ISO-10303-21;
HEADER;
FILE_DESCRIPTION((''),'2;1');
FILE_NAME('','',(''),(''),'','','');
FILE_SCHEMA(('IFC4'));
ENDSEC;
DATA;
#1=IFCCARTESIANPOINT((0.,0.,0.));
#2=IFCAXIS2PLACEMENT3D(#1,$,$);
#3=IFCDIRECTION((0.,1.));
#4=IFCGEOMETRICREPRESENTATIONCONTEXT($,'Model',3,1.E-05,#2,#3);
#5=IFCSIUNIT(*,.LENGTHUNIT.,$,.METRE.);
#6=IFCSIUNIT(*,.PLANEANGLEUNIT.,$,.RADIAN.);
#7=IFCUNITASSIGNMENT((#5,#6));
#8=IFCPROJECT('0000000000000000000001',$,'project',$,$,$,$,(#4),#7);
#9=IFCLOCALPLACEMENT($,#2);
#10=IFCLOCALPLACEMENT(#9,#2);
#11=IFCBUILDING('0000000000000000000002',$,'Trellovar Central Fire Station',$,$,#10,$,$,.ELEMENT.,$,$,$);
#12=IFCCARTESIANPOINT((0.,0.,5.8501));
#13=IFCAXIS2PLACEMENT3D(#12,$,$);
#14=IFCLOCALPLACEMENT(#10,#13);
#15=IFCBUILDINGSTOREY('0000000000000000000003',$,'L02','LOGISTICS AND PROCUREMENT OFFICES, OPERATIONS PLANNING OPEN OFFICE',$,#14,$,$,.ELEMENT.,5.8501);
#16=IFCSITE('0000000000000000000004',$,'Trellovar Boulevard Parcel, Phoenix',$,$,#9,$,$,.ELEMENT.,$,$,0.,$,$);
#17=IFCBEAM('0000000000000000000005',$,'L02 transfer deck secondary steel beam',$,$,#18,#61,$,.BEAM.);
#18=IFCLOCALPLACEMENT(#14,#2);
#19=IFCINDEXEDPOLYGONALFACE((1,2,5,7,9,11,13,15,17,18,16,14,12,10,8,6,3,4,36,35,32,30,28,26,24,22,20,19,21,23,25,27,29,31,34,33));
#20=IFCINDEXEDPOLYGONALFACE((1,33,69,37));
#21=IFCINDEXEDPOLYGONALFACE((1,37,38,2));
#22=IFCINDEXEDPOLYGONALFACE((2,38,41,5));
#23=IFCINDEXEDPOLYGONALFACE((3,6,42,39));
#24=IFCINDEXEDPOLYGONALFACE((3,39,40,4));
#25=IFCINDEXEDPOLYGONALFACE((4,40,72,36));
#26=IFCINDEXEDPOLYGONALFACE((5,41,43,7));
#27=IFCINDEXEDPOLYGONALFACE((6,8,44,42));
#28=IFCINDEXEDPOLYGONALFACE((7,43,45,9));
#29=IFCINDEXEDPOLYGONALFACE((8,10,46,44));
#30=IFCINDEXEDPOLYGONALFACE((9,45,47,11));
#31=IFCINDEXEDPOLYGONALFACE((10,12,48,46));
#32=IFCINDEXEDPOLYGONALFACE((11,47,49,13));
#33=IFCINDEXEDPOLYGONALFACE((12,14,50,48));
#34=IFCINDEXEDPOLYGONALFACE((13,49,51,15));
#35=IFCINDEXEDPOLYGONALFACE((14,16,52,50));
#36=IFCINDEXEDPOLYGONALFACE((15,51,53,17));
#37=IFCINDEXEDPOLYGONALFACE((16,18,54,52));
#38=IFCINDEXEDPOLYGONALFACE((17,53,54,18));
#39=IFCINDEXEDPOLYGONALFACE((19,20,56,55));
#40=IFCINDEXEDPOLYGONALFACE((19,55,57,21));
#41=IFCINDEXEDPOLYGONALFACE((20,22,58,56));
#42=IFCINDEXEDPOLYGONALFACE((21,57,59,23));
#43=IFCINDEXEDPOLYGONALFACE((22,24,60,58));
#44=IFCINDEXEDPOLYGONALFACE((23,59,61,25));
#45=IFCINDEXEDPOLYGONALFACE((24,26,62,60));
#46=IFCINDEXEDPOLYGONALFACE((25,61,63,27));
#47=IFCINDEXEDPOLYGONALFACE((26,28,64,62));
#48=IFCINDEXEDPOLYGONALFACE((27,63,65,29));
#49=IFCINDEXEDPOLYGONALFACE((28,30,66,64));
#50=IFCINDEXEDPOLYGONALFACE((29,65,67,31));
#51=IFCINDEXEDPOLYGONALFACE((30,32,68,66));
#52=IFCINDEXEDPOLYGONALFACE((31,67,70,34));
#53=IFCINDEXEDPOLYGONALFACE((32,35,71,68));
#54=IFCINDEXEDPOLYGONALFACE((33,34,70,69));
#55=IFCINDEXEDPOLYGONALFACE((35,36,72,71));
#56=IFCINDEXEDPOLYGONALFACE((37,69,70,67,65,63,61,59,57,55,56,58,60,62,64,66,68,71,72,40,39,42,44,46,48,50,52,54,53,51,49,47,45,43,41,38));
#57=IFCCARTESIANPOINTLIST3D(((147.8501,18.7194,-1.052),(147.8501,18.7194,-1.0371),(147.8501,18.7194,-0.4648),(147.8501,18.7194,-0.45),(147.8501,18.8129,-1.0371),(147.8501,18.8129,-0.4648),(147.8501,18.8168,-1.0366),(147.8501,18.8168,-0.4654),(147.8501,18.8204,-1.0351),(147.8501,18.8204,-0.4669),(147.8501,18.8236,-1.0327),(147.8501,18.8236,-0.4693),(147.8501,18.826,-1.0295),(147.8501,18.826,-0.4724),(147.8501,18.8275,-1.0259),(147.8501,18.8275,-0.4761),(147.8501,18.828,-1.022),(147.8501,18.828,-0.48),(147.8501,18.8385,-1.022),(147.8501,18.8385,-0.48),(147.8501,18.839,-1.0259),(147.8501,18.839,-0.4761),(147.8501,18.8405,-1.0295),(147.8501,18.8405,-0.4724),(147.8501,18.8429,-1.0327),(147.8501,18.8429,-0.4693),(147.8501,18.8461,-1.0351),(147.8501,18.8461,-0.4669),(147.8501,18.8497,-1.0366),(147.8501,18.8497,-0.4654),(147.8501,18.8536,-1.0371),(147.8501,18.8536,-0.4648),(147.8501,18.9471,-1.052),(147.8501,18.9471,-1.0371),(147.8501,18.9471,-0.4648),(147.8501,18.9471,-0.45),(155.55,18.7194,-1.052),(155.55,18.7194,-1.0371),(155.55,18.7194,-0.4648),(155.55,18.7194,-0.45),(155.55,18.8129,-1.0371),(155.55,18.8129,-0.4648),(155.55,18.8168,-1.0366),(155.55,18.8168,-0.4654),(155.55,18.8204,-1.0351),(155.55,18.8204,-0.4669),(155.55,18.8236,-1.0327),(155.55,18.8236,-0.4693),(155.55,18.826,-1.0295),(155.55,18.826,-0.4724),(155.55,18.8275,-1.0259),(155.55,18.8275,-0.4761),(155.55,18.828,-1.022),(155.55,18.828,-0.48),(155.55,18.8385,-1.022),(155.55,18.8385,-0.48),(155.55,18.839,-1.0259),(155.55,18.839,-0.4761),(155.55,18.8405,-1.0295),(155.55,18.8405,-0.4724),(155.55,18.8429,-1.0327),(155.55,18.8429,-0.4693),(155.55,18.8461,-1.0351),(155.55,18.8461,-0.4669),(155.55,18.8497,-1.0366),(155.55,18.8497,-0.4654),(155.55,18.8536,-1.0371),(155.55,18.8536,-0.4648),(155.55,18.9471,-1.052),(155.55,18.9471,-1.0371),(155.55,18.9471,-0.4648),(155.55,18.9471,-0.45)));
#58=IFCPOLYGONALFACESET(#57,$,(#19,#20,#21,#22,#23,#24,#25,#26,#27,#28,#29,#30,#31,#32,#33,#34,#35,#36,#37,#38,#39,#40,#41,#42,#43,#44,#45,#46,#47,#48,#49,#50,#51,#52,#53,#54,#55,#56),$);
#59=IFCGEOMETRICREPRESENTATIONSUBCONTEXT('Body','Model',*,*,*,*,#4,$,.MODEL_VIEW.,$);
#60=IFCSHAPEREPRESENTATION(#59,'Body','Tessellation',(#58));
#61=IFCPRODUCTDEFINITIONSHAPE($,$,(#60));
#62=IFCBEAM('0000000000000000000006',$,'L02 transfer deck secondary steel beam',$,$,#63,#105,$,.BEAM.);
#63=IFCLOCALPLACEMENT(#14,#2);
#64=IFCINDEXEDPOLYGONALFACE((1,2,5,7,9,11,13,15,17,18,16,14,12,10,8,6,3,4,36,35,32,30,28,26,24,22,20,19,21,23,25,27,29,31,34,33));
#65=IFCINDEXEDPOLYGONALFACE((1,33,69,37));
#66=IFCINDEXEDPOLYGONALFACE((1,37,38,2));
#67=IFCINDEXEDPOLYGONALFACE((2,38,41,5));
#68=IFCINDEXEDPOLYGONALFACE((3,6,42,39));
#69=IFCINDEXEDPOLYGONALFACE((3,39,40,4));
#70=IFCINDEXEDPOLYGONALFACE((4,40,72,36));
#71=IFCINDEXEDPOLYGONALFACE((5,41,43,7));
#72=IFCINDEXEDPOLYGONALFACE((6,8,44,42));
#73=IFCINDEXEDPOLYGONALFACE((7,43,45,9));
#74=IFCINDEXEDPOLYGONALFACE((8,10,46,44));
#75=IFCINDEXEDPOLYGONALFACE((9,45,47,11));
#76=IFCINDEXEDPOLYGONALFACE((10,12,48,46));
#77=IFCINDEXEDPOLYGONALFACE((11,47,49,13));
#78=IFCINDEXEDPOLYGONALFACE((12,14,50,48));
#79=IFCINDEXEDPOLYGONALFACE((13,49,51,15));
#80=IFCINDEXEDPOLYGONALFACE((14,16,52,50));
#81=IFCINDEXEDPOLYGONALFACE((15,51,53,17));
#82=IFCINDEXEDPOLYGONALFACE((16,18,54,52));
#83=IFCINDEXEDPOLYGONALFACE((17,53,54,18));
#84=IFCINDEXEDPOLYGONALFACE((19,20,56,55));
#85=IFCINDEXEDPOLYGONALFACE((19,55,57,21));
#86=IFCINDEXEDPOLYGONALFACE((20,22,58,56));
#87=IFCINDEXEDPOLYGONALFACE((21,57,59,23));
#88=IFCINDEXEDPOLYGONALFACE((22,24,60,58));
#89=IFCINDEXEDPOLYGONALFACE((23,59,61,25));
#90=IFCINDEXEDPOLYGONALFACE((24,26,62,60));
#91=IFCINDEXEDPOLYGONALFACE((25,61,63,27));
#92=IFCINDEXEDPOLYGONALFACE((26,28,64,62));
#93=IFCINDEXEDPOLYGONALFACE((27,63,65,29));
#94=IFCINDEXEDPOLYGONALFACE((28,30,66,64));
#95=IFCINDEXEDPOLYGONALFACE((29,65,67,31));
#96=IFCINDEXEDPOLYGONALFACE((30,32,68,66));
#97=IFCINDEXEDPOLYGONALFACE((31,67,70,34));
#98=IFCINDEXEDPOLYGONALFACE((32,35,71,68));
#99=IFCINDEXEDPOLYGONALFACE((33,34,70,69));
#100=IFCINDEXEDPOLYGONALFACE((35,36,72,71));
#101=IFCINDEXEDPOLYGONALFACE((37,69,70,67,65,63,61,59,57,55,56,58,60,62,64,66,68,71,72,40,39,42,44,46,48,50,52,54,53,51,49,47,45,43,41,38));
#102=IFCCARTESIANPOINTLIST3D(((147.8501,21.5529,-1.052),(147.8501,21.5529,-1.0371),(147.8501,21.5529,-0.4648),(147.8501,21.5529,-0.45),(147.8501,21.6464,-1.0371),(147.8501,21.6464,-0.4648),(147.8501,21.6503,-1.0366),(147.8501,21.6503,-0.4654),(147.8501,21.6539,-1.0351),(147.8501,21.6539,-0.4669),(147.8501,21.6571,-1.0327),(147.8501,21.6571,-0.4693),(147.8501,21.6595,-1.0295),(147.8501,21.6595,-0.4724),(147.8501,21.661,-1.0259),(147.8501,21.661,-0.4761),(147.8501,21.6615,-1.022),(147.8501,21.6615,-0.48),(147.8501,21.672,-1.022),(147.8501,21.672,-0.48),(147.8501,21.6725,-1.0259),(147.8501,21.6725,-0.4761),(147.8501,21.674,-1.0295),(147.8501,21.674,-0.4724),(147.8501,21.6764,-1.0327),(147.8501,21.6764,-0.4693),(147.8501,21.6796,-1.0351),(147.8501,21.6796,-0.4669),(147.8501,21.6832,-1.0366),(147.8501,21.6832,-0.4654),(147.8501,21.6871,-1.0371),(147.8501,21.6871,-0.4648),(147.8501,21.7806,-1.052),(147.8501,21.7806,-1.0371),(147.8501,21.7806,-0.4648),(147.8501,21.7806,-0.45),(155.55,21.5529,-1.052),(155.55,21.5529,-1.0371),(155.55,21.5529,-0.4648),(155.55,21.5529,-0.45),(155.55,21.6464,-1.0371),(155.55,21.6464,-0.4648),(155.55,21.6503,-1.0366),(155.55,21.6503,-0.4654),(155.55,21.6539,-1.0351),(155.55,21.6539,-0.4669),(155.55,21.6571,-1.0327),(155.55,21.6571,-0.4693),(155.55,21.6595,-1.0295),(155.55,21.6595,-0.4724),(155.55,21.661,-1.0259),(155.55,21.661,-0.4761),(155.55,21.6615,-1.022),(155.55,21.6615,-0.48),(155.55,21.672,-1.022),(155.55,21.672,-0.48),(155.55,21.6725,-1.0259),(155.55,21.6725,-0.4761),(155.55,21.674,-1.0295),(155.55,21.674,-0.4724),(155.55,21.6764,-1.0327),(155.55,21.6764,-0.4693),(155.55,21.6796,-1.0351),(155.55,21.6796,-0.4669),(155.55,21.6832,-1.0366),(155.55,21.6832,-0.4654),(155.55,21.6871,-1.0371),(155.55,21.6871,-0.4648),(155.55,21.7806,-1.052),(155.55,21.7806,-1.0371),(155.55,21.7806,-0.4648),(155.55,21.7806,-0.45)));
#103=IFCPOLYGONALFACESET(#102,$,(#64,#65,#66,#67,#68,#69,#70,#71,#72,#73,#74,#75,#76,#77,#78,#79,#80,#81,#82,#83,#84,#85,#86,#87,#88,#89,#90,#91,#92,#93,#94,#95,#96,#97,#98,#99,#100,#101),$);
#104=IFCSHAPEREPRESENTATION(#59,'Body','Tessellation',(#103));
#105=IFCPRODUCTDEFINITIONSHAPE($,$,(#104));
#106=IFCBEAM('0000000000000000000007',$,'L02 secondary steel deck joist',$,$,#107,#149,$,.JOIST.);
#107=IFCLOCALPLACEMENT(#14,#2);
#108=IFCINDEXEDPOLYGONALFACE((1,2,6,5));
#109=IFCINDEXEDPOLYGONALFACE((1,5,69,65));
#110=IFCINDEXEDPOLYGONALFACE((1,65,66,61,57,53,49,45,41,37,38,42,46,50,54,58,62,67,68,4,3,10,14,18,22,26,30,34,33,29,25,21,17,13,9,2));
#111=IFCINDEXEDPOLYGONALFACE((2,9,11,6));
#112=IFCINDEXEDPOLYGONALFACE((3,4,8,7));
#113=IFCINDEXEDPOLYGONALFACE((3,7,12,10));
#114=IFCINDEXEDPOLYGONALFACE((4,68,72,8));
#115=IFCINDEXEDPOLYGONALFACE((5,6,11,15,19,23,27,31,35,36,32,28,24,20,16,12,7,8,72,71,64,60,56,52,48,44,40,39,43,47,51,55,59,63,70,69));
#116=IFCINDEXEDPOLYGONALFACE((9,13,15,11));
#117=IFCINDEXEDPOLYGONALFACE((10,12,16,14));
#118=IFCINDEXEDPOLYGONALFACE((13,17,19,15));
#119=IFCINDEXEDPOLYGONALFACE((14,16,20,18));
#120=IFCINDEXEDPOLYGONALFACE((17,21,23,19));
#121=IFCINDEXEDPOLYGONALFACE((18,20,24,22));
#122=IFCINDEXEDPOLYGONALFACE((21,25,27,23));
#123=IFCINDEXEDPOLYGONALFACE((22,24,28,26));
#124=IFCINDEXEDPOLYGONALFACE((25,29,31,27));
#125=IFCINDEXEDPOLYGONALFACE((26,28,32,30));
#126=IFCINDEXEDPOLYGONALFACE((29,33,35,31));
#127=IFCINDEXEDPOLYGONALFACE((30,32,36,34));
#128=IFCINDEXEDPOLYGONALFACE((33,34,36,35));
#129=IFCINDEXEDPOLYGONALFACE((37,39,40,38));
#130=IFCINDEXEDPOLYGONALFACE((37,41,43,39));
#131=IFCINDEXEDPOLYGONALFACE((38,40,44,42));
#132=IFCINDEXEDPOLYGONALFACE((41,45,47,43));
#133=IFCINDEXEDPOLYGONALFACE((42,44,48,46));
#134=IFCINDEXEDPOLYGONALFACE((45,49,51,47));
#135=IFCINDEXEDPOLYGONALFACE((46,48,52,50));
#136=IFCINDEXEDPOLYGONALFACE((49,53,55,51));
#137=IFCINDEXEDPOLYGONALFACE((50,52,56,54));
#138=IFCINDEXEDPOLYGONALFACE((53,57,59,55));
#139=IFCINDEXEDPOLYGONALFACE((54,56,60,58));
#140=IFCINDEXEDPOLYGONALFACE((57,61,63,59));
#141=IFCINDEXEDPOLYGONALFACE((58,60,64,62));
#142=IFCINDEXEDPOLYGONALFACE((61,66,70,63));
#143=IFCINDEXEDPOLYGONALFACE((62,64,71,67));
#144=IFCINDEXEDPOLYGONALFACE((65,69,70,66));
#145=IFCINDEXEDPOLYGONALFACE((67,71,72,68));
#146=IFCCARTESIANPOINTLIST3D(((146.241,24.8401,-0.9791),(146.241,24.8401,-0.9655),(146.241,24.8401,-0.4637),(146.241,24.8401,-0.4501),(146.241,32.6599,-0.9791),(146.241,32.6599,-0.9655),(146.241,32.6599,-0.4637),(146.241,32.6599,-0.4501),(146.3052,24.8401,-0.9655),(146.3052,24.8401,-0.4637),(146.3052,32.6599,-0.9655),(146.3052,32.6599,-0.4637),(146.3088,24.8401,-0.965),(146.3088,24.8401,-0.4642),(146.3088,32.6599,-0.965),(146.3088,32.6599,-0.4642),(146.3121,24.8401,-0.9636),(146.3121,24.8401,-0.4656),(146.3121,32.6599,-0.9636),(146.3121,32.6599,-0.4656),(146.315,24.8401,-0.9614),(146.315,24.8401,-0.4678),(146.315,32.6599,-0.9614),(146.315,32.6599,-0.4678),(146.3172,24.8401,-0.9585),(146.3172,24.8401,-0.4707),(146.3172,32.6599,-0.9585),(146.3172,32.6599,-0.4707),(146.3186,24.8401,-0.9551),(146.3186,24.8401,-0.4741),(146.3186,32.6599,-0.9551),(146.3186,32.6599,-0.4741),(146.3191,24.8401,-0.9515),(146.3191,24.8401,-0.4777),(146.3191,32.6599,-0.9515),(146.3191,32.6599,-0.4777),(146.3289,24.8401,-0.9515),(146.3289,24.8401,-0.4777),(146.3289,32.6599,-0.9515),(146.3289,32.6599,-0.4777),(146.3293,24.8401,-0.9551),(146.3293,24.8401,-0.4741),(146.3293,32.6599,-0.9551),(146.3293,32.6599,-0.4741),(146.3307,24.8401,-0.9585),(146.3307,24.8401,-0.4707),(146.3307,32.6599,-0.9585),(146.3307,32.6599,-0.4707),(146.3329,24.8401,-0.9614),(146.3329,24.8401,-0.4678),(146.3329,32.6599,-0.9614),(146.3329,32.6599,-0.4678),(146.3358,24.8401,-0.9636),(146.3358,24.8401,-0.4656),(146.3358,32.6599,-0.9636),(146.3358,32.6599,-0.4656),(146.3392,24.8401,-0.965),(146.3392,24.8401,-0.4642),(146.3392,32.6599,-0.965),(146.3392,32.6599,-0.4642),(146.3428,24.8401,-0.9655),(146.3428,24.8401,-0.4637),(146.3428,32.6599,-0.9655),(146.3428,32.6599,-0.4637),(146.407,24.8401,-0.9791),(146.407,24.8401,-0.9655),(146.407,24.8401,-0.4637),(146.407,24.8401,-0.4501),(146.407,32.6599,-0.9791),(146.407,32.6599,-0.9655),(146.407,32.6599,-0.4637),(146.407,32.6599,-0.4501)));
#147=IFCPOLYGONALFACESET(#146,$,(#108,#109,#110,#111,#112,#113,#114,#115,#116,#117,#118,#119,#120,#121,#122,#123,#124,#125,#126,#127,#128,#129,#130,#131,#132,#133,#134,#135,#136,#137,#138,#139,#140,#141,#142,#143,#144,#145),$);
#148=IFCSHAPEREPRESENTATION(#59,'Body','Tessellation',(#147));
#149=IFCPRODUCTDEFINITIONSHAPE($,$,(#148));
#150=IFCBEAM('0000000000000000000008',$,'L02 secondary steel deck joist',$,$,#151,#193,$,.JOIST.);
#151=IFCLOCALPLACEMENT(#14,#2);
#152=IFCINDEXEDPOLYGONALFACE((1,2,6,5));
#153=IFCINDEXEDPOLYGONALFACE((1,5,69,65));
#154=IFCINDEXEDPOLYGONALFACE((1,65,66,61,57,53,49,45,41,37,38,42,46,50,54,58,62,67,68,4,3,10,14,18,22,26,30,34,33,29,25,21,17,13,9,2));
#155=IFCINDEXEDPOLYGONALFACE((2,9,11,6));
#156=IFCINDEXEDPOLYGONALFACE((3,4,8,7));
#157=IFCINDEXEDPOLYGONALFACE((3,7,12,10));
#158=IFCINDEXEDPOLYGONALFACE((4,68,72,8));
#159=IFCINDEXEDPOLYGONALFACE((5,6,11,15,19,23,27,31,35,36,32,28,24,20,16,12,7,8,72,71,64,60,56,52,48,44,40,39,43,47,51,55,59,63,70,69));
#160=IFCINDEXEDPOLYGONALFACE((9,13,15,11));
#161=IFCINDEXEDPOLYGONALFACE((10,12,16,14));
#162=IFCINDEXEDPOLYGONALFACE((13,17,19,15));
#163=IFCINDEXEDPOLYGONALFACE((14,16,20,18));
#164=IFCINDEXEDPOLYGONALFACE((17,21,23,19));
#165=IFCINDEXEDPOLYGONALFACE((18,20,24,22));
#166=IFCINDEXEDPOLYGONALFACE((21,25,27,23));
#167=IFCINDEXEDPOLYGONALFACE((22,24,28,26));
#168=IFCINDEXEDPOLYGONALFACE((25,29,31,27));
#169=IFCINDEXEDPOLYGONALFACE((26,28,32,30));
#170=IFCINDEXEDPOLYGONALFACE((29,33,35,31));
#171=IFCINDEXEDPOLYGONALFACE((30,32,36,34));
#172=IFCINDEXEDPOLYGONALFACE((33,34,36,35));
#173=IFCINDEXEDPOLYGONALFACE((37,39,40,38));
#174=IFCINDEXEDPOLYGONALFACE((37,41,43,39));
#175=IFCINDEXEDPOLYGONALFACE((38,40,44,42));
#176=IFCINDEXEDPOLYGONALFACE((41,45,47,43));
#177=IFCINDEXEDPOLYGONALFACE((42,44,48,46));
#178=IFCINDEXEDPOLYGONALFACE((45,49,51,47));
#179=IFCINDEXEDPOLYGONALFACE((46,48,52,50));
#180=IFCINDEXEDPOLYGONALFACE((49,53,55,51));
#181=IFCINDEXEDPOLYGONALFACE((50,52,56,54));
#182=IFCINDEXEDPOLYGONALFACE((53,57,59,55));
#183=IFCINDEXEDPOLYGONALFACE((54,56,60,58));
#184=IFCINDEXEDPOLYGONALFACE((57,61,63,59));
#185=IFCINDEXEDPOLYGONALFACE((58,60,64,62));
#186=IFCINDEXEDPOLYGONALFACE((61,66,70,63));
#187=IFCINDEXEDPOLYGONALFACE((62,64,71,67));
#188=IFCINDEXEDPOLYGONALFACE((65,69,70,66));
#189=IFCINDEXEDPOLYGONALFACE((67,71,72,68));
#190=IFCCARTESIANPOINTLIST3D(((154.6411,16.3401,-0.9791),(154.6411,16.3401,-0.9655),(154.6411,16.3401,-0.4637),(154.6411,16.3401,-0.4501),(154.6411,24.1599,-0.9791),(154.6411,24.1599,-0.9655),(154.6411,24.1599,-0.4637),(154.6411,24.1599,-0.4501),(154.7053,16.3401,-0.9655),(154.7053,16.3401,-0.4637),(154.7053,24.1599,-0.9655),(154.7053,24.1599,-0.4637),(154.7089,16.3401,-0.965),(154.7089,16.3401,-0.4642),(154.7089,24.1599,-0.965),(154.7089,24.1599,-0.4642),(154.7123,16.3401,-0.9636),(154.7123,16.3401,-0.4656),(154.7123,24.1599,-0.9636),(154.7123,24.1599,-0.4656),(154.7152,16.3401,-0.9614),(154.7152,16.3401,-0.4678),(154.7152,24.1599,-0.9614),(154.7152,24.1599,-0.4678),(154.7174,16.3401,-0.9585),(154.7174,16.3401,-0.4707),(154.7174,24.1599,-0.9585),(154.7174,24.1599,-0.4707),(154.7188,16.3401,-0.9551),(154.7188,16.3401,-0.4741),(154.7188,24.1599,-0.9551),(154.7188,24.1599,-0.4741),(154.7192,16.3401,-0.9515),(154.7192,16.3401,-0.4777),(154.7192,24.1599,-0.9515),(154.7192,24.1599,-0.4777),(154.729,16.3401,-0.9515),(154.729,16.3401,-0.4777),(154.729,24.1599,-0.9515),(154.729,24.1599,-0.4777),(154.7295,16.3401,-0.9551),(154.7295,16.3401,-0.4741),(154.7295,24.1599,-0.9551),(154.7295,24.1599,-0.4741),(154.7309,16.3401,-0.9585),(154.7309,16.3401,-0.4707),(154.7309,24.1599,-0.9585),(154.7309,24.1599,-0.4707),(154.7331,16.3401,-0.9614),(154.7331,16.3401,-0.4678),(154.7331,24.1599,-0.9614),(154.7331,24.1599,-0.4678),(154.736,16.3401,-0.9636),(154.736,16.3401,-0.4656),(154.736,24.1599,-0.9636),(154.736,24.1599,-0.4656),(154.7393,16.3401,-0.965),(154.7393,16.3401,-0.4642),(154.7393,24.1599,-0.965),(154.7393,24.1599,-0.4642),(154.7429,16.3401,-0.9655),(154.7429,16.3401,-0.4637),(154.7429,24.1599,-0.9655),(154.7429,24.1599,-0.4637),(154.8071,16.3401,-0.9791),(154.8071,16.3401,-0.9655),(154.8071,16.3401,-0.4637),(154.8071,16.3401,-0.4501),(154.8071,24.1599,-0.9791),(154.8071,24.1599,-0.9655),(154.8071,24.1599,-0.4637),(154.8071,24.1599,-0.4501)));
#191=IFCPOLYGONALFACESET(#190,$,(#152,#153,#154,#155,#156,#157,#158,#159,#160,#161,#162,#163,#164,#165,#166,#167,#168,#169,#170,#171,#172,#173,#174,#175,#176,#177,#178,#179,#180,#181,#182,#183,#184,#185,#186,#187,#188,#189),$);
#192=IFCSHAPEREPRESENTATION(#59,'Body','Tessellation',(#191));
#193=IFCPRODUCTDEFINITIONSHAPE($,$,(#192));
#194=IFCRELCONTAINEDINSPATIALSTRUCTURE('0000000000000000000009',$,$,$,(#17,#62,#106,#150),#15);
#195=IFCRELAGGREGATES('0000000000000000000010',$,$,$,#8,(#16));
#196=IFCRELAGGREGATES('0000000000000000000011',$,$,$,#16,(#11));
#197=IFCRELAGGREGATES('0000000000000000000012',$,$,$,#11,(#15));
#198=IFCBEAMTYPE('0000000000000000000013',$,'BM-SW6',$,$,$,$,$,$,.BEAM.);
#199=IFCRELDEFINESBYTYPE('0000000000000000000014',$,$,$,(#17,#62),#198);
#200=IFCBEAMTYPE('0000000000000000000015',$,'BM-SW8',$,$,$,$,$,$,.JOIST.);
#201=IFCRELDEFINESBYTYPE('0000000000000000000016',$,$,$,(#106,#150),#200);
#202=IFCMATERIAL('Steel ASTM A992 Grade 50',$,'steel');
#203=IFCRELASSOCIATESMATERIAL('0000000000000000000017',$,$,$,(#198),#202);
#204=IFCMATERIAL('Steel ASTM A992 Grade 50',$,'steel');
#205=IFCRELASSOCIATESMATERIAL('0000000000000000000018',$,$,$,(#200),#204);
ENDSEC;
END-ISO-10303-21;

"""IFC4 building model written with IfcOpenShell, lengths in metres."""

from ifc_helpers import new_model, si_unit, direction, frame, origin, origin_2d, place, context, subcontext, project, spatial, i_section, extrude, material, material_profile, profile_set, type_object, element, save


model = new_model("IFC4")

# Units and contexts
model_context = context("Model", 3, precision=1e-05, world=origin(), true_north=direction((0.0, 1.0)))
body_context = subcontext(model_context, "Body", "Model", "MODEL_VIEW")
ifc_project = project(units=[si_unit("LENGTHUNIT", "METRE"), si_unit("PLANEANGLEUNIT", "RADIAN")], contexts=[model_context])

# Site, building, storey
site_placement = place(None, origin())
site = spatial("IfcSite", under=ifc_project, at=site_placement, Name="Trellovar Boulevard Parcel, Phoenix", CompositionType="ELEMENT", RefElevation=0.0)
building_placement = place(site_placement, origin())
building = spatial("IfcBuilding", under=site, at=building_placement, Name="Trellovar Central Fire Station", CompositionType="ELEMENT")
storey_placement = place(building_placement, frame((0.0, 0.0, 5.8501)))
storey = spatial("IfcBuildingStorey", under=building, at=storey_placement, Name="L02", Description="LOGISTICS AND PROCUREMENT OFFICES, OPERATIONS PLANNING OPEN OFFICE", CompositionType="ELEMENT", Elevation=5.8501)

# Beams
ifc_material_1 = material(Name="Steel ASTM A992 Grade 50", Category="steel")
ifc_material_profile_1 = material_profile(ifc_material_1, i_section(OverallWidth=0.2278, OverallDepth=0.6021, WebThickness=0.0105, FlangeThickness=0.0149, FilletRadius=0.0151, at=origin_2d()), Name="W24X68")
ifc_profile_set_1 = profile_set([ifc_material_profile_1], Name="Steel ASTM A992 Grade 50")
beam_type_1 = type_object("IfcBeamType", Name="BM-SW6", PredefinedType="BEAM", material=ifc_profile_set_1)
for number, where, z_axis, x_axis, name in (
    (1, (147.8501, 18.8333, -0.751), (1.0, 0.0, 0.0), (0.0, 1.0, 0.0), "L02 transfer deck secondary steel beam"),
    (2, (147.8501, 21.6667, -0.751), (1.0, 0.0, 0.0), (0.0, 1.0, 0.0), "L02 transfer deck secondary steel beam"),
):
    element("IfcBeam", number, at=place(storey_placement, frame(where, z_axis=z_axis, x_axis=x_axis)), inside=storey, type_object=beam_type_1, Name=name, PredefinedType="BEAM", context=body_context, shape_type="SweptSolid", body=[
        extrude(i_section(OverallWidth=0.2278, OverallDepth=0.6021, WebThickness=0.0105, FlangeThickness=0.0149, FilletRadius=0.0151, at=origin_2d()), origin(), (0.0, 0.0, 1.0), 7.7),
    ])
ifc_material_2 = material(Name="Steel ASTM A992 Grade 50", Category="steel")
ifc_material_profile_2 = material_profile(ifc_material_2, i_section(OverallWidth=0.166, OverallDepth=0.5291, WebThickness=0.0098, FlangeThickness=0.0137, FilletRadius=0.0139, at=origin_2d()), Name="W21X50")
ifc_profile_set_2 = profile_set([ifc_material_profile_2], Name="Steel ASTM A992 Grade 50")
beam_type_2 = type_object("IfcBeamType", Name="BM-SW8", PredefinedType="JOIST", material=ifc_profile_set_2)
for number, where, z_axis, x_axis, name in (
    (3, (146.324, 24.8401, -0.7146), (0.0, 1.0, 0.0), (-1.0, 0.0, 0.0), "L02 secondary steel deck joist"),
    (4, (154.7241, 16.3401, -0.7146), (0.0, 1.0, 0.0), (-1.0, 0.0, 0.0), "L02 secondary steel deck joist"),
):
    element("IfcBeam", number, at=place(storey_placement, frame(where, z_axis=z_axis, x_axis=x_axis)), inside=storey, type_object=beam_type_2, Name=name, PredefinedType="JOIST", context=body_context, shape_type="SweptSolid", body=[
        extrude(i_section(OverallWidth=0.166, OverallDepth=0.5291, WebThickness=0.0098, FlangeThickness=0.0137, FilletRadius=0.0139, at=origin_2d()), origin(), (0.0, 0.0, 1.0), 7.8198),
    ])

save(model, "model.ifc")
